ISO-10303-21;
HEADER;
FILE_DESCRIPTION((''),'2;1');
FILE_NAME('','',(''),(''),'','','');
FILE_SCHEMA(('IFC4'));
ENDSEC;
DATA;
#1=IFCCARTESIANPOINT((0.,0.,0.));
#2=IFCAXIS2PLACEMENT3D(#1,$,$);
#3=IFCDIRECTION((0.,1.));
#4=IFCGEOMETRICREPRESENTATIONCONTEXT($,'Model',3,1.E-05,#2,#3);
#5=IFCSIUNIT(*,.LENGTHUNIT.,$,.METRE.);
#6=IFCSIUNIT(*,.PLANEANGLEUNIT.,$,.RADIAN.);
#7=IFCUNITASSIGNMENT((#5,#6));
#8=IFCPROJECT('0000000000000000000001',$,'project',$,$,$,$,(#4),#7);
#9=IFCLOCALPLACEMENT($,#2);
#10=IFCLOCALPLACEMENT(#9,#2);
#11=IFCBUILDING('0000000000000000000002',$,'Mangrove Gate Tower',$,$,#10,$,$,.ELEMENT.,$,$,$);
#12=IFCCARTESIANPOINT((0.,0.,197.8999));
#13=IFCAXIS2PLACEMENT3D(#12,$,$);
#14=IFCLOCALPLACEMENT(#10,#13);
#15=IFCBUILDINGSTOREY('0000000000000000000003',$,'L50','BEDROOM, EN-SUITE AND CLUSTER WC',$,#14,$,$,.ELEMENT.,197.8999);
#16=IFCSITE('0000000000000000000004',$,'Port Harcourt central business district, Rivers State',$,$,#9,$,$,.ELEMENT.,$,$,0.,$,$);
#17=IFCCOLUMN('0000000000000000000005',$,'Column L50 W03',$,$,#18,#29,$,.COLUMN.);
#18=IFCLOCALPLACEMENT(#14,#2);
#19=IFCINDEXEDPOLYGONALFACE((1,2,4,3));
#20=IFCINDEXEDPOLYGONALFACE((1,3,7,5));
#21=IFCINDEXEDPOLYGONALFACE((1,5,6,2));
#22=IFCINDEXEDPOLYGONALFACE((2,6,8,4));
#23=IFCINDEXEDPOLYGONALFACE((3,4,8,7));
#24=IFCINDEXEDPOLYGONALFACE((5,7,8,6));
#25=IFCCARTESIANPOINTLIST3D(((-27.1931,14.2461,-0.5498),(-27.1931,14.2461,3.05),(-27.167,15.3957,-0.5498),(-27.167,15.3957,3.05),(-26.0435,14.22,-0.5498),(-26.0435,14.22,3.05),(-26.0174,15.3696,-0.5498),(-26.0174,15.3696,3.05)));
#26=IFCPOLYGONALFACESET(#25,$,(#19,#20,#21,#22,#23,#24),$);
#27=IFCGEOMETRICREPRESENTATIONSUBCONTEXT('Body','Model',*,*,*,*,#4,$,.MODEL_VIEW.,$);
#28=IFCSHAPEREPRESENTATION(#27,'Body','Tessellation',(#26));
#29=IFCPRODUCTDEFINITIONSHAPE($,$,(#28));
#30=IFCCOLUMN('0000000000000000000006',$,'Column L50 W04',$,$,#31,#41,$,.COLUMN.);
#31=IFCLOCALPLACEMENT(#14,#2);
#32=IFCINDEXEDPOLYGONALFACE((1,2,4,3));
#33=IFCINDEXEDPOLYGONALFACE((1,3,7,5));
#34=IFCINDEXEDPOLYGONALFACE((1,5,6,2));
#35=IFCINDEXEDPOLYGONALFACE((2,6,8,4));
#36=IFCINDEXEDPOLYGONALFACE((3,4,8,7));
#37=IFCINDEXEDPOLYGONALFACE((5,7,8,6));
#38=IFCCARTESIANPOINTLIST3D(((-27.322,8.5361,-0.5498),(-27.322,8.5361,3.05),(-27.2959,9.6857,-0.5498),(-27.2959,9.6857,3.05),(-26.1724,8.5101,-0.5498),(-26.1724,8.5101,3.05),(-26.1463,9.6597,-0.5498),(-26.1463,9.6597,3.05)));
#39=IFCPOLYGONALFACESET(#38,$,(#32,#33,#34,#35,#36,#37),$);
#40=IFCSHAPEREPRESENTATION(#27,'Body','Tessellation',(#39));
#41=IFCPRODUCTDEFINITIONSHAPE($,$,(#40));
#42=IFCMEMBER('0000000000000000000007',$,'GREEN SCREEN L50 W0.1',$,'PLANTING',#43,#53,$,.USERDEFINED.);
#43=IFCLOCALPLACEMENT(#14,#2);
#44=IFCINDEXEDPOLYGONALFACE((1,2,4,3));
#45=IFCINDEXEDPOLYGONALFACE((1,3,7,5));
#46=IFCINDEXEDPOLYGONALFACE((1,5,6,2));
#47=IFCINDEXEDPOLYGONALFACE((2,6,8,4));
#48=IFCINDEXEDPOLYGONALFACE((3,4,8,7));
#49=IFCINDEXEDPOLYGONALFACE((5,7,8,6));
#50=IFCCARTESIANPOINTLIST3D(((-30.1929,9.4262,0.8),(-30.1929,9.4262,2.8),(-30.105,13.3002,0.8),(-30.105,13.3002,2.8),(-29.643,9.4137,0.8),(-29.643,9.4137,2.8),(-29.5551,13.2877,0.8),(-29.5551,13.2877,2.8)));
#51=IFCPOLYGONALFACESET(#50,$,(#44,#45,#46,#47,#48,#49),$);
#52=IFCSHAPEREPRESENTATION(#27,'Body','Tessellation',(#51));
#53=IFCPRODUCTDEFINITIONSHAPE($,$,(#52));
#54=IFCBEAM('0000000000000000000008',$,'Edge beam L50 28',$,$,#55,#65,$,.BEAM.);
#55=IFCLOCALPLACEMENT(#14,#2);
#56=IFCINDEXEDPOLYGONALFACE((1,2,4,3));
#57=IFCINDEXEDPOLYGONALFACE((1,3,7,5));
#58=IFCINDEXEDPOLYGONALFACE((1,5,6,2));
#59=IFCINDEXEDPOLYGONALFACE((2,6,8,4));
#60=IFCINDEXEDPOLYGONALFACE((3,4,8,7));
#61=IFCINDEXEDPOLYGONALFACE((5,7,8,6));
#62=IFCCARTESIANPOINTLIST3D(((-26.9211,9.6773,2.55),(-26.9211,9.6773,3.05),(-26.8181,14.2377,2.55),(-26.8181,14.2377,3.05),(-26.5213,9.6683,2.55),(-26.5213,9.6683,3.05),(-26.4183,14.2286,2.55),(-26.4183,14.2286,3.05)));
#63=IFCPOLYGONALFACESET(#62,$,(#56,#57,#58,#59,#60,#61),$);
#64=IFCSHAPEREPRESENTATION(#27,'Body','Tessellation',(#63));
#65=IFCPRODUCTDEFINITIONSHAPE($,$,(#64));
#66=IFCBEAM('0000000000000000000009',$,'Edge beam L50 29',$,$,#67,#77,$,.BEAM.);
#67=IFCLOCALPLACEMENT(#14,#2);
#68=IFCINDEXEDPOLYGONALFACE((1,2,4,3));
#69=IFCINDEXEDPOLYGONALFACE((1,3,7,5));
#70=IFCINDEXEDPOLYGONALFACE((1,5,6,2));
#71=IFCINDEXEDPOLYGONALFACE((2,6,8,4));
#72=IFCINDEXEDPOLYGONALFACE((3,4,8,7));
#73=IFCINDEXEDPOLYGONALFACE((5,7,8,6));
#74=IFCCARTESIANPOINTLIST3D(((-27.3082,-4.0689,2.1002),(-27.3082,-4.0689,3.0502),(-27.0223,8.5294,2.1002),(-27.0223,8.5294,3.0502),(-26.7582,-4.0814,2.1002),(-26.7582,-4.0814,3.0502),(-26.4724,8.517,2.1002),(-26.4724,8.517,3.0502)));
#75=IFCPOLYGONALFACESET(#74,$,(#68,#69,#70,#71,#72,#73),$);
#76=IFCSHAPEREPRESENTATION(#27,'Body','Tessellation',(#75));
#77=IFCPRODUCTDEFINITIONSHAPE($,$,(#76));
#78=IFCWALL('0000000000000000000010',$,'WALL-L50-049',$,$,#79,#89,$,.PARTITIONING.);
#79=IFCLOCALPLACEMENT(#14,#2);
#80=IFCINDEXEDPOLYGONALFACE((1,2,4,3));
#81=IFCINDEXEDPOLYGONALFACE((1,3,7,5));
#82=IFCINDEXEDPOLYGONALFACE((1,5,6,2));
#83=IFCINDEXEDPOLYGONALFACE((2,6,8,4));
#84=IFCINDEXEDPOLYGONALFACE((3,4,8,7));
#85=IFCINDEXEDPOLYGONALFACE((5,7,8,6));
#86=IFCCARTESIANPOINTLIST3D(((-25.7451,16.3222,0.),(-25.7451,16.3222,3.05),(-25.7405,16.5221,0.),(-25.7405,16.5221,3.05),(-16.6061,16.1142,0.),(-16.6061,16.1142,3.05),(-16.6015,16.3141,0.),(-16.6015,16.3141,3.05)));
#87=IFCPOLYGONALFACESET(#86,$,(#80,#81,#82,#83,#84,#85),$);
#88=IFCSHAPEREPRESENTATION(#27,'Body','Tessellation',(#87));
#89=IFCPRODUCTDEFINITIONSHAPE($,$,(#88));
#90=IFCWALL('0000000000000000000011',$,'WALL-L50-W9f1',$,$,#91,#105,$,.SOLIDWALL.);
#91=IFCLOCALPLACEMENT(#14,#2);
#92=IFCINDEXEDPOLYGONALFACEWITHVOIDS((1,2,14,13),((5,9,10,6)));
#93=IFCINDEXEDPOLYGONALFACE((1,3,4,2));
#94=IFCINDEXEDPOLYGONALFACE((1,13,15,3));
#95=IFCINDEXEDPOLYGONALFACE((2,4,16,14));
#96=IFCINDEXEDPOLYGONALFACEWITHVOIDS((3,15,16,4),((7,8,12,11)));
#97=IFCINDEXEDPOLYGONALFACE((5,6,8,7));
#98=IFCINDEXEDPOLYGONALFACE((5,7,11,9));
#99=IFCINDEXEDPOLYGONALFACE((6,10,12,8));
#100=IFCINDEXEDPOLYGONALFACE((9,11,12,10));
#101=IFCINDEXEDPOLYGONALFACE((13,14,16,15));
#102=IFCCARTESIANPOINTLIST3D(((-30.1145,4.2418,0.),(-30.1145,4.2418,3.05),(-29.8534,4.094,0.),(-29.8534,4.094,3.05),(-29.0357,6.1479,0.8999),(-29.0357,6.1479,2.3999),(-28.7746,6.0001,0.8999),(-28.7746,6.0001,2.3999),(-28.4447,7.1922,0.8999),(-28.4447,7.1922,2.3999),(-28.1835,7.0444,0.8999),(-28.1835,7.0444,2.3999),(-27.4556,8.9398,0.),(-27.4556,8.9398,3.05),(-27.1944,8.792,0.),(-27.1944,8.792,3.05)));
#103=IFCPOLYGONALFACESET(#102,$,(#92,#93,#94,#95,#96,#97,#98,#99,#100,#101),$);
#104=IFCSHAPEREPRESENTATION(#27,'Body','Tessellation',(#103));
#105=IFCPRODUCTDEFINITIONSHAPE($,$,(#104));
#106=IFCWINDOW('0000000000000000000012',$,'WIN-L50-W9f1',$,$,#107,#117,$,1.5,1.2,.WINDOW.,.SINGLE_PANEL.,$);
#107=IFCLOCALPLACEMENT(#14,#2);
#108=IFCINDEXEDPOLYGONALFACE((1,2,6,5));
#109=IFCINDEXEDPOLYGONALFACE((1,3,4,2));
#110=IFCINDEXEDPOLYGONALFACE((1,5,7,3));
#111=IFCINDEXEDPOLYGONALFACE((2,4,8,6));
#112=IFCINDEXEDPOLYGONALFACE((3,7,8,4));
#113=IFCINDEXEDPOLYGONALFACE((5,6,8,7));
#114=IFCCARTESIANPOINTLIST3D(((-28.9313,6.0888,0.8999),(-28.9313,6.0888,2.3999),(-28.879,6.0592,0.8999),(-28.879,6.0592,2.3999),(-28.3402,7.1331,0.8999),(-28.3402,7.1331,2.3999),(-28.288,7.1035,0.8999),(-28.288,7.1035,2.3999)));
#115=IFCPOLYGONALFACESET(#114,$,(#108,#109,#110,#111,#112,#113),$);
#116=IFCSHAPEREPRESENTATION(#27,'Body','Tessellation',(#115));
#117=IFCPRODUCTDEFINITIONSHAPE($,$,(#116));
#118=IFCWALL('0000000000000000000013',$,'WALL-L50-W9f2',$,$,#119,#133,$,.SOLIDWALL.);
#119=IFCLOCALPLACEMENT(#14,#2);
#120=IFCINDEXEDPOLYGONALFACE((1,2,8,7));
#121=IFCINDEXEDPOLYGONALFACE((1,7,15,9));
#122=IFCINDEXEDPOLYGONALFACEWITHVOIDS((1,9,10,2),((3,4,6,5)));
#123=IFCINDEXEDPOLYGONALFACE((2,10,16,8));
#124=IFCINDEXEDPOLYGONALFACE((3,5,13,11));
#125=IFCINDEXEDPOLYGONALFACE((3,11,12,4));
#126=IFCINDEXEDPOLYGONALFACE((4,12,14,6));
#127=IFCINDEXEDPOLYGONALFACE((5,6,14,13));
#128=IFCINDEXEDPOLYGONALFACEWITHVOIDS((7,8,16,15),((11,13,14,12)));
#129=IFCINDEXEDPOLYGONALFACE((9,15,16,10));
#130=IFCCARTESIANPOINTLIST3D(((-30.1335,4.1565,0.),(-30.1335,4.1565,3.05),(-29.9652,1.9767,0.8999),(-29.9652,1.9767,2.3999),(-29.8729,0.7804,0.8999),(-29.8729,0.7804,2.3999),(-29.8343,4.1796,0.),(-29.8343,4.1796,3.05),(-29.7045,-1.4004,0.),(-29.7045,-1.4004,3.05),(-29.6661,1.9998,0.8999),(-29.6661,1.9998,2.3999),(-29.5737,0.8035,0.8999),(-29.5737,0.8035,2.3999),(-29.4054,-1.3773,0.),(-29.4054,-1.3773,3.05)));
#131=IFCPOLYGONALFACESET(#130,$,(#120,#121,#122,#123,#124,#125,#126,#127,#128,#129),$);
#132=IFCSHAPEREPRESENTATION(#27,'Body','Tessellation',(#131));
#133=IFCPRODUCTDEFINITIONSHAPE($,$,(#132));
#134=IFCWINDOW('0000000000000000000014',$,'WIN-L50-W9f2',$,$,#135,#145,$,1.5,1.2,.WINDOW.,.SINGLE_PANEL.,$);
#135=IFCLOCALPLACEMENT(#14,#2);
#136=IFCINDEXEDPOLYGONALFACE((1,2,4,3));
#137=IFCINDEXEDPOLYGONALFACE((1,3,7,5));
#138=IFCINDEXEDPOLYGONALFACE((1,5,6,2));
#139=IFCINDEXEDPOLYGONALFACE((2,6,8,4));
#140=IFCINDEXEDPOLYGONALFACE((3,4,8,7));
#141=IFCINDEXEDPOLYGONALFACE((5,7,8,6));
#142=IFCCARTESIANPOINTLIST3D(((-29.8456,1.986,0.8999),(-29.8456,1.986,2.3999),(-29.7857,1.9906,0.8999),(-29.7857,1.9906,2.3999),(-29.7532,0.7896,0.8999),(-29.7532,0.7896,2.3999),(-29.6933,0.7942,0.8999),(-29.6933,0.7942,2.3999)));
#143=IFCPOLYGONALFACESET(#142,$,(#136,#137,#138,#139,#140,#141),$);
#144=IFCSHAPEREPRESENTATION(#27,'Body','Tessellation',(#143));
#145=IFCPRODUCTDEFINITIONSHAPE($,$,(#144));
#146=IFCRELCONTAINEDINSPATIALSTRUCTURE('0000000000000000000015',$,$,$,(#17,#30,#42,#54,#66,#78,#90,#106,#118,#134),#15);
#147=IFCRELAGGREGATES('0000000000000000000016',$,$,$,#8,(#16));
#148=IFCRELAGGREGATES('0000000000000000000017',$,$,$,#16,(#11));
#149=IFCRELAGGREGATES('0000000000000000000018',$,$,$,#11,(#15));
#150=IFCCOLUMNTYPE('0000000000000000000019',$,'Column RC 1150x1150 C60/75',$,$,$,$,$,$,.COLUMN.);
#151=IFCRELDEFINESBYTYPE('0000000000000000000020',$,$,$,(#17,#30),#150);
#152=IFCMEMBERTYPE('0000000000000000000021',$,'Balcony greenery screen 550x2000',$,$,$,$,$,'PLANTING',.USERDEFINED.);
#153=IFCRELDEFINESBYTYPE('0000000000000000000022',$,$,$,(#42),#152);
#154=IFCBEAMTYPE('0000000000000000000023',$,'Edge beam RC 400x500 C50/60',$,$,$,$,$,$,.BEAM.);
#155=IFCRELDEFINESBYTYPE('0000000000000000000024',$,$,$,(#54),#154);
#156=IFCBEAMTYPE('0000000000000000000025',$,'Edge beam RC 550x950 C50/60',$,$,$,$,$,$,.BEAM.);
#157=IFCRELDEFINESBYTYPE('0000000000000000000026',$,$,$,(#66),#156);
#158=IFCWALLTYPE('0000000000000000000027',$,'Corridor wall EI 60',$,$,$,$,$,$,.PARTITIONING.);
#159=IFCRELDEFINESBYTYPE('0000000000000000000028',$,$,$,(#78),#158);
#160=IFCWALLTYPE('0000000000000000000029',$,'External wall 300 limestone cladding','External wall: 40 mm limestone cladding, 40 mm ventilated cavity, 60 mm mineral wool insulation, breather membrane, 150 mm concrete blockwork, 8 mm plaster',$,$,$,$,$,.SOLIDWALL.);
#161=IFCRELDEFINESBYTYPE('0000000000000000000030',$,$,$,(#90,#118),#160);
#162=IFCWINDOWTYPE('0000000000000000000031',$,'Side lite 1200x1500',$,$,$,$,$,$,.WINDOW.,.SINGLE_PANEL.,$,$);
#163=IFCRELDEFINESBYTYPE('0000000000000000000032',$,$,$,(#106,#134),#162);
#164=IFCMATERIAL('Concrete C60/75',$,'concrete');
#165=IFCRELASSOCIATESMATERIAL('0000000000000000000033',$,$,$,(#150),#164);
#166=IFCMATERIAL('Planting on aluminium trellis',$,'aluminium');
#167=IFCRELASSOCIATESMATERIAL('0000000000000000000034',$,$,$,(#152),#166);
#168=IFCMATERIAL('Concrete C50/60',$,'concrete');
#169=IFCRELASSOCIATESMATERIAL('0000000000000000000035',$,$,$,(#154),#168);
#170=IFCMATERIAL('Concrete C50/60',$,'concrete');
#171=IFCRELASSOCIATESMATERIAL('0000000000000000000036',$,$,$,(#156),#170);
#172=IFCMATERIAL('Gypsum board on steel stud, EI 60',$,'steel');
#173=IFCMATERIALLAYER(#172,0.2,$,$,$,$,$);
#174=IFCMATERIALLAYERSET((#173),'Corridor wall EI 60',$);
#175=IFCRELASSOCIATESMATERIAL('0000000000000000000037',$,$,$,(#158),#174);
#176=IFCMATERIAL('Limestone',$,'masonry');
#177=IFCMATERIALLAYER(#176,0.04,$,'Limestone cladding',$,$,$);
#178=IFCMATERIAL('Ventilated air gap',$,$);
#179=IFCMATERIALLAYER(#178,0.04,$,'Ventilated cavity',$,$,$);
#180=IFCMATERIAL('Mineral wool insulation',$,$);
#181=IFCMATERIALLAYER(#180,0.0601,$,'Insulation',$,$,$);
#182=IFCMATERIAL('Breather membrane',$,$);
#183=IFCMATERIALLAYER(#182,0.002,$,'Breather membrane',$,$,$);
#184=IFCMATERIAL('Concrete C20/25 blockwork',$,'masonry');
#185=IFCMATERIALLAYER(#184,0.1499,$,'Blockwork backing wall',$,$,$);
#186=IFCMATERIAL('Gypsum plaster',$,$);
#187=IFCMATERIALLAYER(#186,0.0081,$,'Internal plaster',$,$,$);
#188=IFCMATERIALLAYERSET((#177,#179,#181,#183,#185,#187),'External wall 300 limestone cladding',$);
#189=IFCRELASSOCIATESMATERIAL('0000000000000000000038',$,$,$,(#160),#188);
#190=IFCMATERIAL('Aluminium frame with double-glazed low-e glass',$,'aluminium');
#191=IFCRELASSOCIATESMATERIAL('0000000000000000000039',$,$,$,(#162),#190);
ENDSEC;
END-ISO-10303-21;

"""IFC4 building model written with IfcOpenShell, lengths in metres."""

from ifc_helpers import new_model, si_unit, direction, frame, frame_2d, origin, origin_2d, place, context, subcontext, project, spatial, rectangle, extrude, material, layer, layer_set, material_profile, profile_set, type_object, element, fill, save


model = new_model("IFC4")

# Units and contexts
model_context = context("Model", 3, precision=1e-05, world=origin(), true_north=direction((0.0, 1.0)))
body_context = subcontext(model_context, "Body", "Model", "MODEL_VIEW")
ifc_project = project(units=[si_unit("LENGTHUNIT", "METRE"), si_unit("PLANEANGLEUNIT", "RADIAN")], contexts=[model_context])

# Site, building, storey
site_placement = place(None, origin())
site = spatial("IfcSite", under=ifc_project, at=site_placement, Name="Port Harcourt central business district, Rivers State", CompositionType="ELEMENT", RefElevation=0.0)
building_placement = place(site_placement, origin())
building = spatial("IfcBuilding", under=site, at=building_placement, Name="Mangrove Gate Tower", CompositionType="ELEMENT")
storey_placement = place(building_placement, frame((0.0, 0.0, 197.8999)))
storey = spatial("IfcBuildingStorey", under=building, at=storey_placement, Name="L50", Description="BEDROOM, EN-SUITE AND CLUSTER WC", CompositionType="ELEMENT", Elevation=197.8999)

# Columns
ifc_material_1 = material(Name="Concrete C60/75", Category="concrete")
ifc_material_profile_1 = material_profile(ifc_material_1, rectangle(XDim=1.1499, YDim=1.1499, at=origin_2d()))
ifc_profile_set_1 = profile_set([ifc_material_profile_1], Name="Concrete C60/75")
column_type = type_object("IfcColumnType", Name="Column RC 1150x1150 C60/75", PredefinedType="COLUMN", material=ifc_profile_set_1)
for number, where, z_axis, x_axis, name in (
    (1, (-26.6052, 14.8079, -0.5498), (0.0, 0.0, 1.0), (-0.022672, -0.999743, 0.0), "Column L50 W03"),
    (2, (-26.7341, 9.0979, -0.5498), (0.0, 0.0, 1.0), (-0.022658, -0.999743, 0.0), "Column L50 W04"),
):
    element("IfcColumn", number, at=place(storey_placement, frame(where, z_axis=z_axis, x_axis=x_axis)), inside=storey, type_object=column_type, Name=name, PredefinedType="COLUMN", context=body_context, shape_type="SweptSolid", body=[
        extrude(rectangle(XDim=1.1499, YDim=1.1499, at=origin_2d()), origin(), (0.0, 0.0, 1.0), 3.5999),
    ])

# Member
ifc_material_2 = material(Name="Planting on aluminium trellis", Category="aluminium")
ifc_material_profile_2 = material_profile(ifc_material_2, rectangle(XDim=0.55, YDim=2.0, at=origin_2d()))
ifc_profile_set_2 = profile_set([ifc_material_profile_2], Name="Planting on aluminium trellis")
member_type = type_object("IfcMemberType", Name="Balcony greenery screen 550x2000", ElementType="PLANTING", PredefinedType="USERDEFINED", material=ifc_profile_set_2)
member_placement = place(storey_placement, frame((-29.918, 9.4199, 1.8), z_axis=(0.022681, 0.999743, 0.0), x_axis=(-0.999743, 0.022681, 0.0)))
element("IfcMember", 3, at=member_placement, inside=storey, type_object=member_type, Name="GREEN SCREEN L50 W0.1", ObjectType="PLANTING", PredefinedType="USERDEFINED", context=body_context, shape_type="SweptSolid", body=[
    extrude(rectangle(XDim=0.55, YDim=2.0, at=origin_2d()), origin(), (0.0, 0.0, 1.0), 3.875),
])

# Beams
ifc_material_3 = material(Name="Concrete C50/60", Category="concrete")
ifc_material_profile_3 = material_profile(ifc_material_3, rectangle(XDim=0.3999, YDim=0.5, at=origin_2d()))
ifc_profile_set_3 = profile_set([ifc_material_profile_3], Name="Concrete C50/60")
beam_type_1 = type_object("IfcBeamType", Name="Edge beam RC 400x500 C50/60", PredefinedType="BEAM", material=ifc_profile_set_3)
beam_1_placement = place(storey_placement, frame((-26.6182, 14.2332, 2.8), z_axis=(-0.022586, -0.999745, 0.0), x_axis=(0.999745, -0.022586, 0.0)))
element("IfcBeam", 4, at=beam_1_placement, inside=storey, type_object=beam_type_1, Name="Edge beam L50 28", PredefinedType="BEAM", context=body_context, shape_type="SweptSolid", body=[
    extrude(rectangle(XDim=0.3999, YDim=0.5, at=origin_2d()), origin(), (0.0, 0.0, 1.0), 4.5615),
])
ifc_material_4 = material(Name="Concrete C50/60", Category="concrete")
ifc_material_profile_4 = material_profile(ifc_material_4, rectangle(XDim=0.55, YDim=0.95, at=origin_2d()))
ifc_profile_set_4 = profile_set([ifc_material_profile_4], Name="Concrete C50/60")
beam_type_2 = type_object("IfcBeamType", Name="Edge beam RC 550x950 C50/60", PredefinedType="BEAM", material=ifc_profile_set_4)
beam_2_placement = place(storey_placement, frame((-26.7473, 8.5232, 2.5752), z_axis=(-0.022687, -0.999743, 0.0), x_axis=(0.999743, -0.022687, 0.0)))
element("IfcBeam", 5, at=beam_2_placement, inside=storey, type_object=beam_type_2, Name="Edge beam L50 29", PredefinedType="BEAM", context=body_context, shape_type="SweptSolid", body=[
    extrude(rectangle(XDim=0.55, YDim=0.95, at=origin_2d()), origin(), (0.0, 0.0, 1.0), 12.6016),
])

# Wall
ifc_material_5 = material(Name="Gypsum board on steel stud, EI 60", Category="steel")
ifc_layer_1 = layer(ifc_material_5, 0.2)
ifc_layer_set_1 = layer_set([ifc_layer_1], Name="Corridor wall EI 60")
wall_type_1 = type_object("IfcWallType", Name="Corridor wall EI 60", PredefinedType="PARTITIONING", material=ifc_layer_set_1)
wall_1_placement = place(storey_placement, frame((-25.7429, 16.4221, 0.0), z_axis=(0.0, 0.0, 1.0), x_axis=(0.999741, -0.022755, 0.0)))
element("IfcWall", 6, at=wall_1_placement, inside=storey, type_object=wall_type_1, Name="WALL-L50-049", PredefinedType="PARTITIONING", context=body_context, shape_type="SweptSolid", body=[
    extrude(rectangle(XDim=9.1414, YDim=0.2, at=frame_2d((4.5708, 0.0))), origin(), (0.0, 0.0, 1.0), 3.05),
])

# Walls, openings, windows
ifc_material_6 = material(Name="Limestone", Category="masonry")
ifc_layer_2 = layer(ifc_material_6, 0.04, Name="Limestone cladding")
ifc_material_7 = material(Name="Ventilated air gap")
ifc_layer_3 = layer(ifc_material_7, 0.04, Name="Ventilated cavity")
ifc_material_8 = material(Name="Mineral wool insulation")
ifc_layer_4 = layer(ifc_material_8, 0.0601, Name="Insulation")
ifc_material_9 = material(Name="Breather membrane")
ifc_layer_5 = layer(ifc_material_9, 0.002, Name="Breather membrane")
ifc_material_10 = material(Name="Concrete C20/25 blockwork", Category="masonry")
ifc_layer_6 = layer(ifc_material_10, 0.1499, Name="Blockwork backing wall")
ifc_material_11 = material(Name="Gypsum plaster")
ifc_layer_7 = layer(ifc_material_11, 0.0081, Name="Internal plaster")
ifc_layer_set_2 = layer_set([ifc_layer_2, ifc_layer_3, ifc_layer_4, ifc_layer_5, ifc_layer_6, ifc_layer_7], Name="External wall 300 limestone cladding")
wall_type_2 = type_object("IfcWallType", Name="External wall 300 limestone cladding", Description="External wall: 40 mm limestone cladding, 40 mm ventilated cavity, 60 mm mineral wool insulation, breather membrane, 150 mm concrete blockwork, 8 mm plaster", PredefinedType="SOLIDWALL", material=ifc_layer_set_2)
wall_2_placement = place(storey_placement, frame((-27.325, 8.866, 0.0), z_axis=(0.0, 0.0, 1.0), x_axis=(-0.492555, -0.870281, 0.0)))
wall_2 = element("IfcWall", 7, at=wall_2_placement, inside=storey, type_object=wall_type_2, Name="WALL-L50-W9f1", PredefinedType="SOLIDWALL", context=body_context, shape_type="SweptSolid", body=[
    extrude(rectangle(XDim=5.3982, YDim=0.3, at=frame_2d((2.6992, 0.0))), origin(), (0.0, 0.0, 1.0), 3.05),
])
opening_1_placement = place(wall_2_placement, frame((2.0081, 0.0, 0.8999)))
opening_1 = element("IfcOpeningElement", 8, at=opening_1_placement, cuts=wall_2, PredefinedType="OPENING", context=body_context, shape_type="SweptSolid", body=[
    extrude(rectangle(XDim=1.2, YDim=1.5, at=frame_2d((0.6001, 0.75))), frame((0.0, 0.1599, 0.0), z_axis=(0.0, -1.0, 0.0), x_axis=(1.0, 0.0, 0.0)), (0.0, 0.0, 1.0), 0.3201),
])
ifc_material_12 = material(Name="Aluminium frame with double-glazed low-e glass", Category="aluminium")
window_type = type_object("IfcWindowType", Name="Side lite 1200x1500", PartitioningType="SINGLE_PANEL", PredefinedType="WINDOW", material=ifc_material_12)
window_1_placement = place(opening_1_placement, origin())
window_1 = element("IfcWindow", 9, at=window_1_placement, inside=storey, type_object=window_type, Name="WIN-L50-W9f1", OverallHeight=1.5, OverallWidth=1.2, PartitioningType="SINGLE_PANEL", PredefinedType="WINDOW", context=body_context, shape_type="SweptSolid", body=[
    extrude(rectangle(XDim=1.2, YDim=1.5, at=frame_2d((0.6001, 0.75))), frame((0.0, 0.03, 0.0), z_axis=(0.0, -1.0, 0.0), x_axis=(1.0, 0.0, 0.0)), (0.0, 0.0, 1.0), 0.0601),
])
fill(opening_1, window_1)
wall_3_placement = place(storey_placement, frame((-29.9839, 4.168, 0.0), z_axis=(0.0, 0.0, 1.0), x_axis=(0.076964, -0.997034, 0.0)))
wall_3 = element("IfcWall", 10, at=wall_3_placement, inside=storey, type_object=wall_type_2, Name="WALL-L50-W9f2", PredefinedType="SOLIDWALL", context=body_context, shape_type="SweptSolid", body=[
    extrude(rectangle(XDim=5.5735, YDim=0.3, at=frame_2d((2.7866, 0.0))), origin(), (0.0, 0.0, 1.0), 3.05),
])
opening_2_placement = place(wall_3_placement, frame((2.186, 0.0, 0.8999)))
opening_2 = element("IfcOpeningElement", 11, at=opening_2_placement, cuts=wall_3, PredefinedType="OPENING", context=body_context, shape_type="SweptSolid", body=[
    extrude(rectangle(XDim=1.2, YDim=1.5, at=frame_2d((0.6001, 0.75))), frame((0.0, 0.1599, 0.0), z_axis=(0.0, -1.0, 0.0), x_axis=(1.0, 0.0, 0.0)), (0.0, 0.0, 1.0), 0.3201),
])
window_2_placement = place(opening_2_placement, origin())
window_2 = element("IfcWindow", 12, at=window_2_placement, inside=storey, type_object=window_type, Name="WIN-L50-W9f2", OverallHeight=1.5, OverallWidth=1.2, PartitioningType="SINGLE_PANEL", PredefinedType="WINDOW", context=body_context, shape_type="SweptSolid", body=[
    extrude(rectangle(XDim=1.2, YDim=1.5, at=frame_2d((0.6001, 0.75))), frame((0.0, 0.03, 0.0), z_axis=(0.0, -1.0, 0.0), x_axis=(1.0, 0.0, 0.0)), (0.0, 0.0, 1.0), 0.0601),
])
fill(opening_2, window_2)

save(model, "model.ifc")
